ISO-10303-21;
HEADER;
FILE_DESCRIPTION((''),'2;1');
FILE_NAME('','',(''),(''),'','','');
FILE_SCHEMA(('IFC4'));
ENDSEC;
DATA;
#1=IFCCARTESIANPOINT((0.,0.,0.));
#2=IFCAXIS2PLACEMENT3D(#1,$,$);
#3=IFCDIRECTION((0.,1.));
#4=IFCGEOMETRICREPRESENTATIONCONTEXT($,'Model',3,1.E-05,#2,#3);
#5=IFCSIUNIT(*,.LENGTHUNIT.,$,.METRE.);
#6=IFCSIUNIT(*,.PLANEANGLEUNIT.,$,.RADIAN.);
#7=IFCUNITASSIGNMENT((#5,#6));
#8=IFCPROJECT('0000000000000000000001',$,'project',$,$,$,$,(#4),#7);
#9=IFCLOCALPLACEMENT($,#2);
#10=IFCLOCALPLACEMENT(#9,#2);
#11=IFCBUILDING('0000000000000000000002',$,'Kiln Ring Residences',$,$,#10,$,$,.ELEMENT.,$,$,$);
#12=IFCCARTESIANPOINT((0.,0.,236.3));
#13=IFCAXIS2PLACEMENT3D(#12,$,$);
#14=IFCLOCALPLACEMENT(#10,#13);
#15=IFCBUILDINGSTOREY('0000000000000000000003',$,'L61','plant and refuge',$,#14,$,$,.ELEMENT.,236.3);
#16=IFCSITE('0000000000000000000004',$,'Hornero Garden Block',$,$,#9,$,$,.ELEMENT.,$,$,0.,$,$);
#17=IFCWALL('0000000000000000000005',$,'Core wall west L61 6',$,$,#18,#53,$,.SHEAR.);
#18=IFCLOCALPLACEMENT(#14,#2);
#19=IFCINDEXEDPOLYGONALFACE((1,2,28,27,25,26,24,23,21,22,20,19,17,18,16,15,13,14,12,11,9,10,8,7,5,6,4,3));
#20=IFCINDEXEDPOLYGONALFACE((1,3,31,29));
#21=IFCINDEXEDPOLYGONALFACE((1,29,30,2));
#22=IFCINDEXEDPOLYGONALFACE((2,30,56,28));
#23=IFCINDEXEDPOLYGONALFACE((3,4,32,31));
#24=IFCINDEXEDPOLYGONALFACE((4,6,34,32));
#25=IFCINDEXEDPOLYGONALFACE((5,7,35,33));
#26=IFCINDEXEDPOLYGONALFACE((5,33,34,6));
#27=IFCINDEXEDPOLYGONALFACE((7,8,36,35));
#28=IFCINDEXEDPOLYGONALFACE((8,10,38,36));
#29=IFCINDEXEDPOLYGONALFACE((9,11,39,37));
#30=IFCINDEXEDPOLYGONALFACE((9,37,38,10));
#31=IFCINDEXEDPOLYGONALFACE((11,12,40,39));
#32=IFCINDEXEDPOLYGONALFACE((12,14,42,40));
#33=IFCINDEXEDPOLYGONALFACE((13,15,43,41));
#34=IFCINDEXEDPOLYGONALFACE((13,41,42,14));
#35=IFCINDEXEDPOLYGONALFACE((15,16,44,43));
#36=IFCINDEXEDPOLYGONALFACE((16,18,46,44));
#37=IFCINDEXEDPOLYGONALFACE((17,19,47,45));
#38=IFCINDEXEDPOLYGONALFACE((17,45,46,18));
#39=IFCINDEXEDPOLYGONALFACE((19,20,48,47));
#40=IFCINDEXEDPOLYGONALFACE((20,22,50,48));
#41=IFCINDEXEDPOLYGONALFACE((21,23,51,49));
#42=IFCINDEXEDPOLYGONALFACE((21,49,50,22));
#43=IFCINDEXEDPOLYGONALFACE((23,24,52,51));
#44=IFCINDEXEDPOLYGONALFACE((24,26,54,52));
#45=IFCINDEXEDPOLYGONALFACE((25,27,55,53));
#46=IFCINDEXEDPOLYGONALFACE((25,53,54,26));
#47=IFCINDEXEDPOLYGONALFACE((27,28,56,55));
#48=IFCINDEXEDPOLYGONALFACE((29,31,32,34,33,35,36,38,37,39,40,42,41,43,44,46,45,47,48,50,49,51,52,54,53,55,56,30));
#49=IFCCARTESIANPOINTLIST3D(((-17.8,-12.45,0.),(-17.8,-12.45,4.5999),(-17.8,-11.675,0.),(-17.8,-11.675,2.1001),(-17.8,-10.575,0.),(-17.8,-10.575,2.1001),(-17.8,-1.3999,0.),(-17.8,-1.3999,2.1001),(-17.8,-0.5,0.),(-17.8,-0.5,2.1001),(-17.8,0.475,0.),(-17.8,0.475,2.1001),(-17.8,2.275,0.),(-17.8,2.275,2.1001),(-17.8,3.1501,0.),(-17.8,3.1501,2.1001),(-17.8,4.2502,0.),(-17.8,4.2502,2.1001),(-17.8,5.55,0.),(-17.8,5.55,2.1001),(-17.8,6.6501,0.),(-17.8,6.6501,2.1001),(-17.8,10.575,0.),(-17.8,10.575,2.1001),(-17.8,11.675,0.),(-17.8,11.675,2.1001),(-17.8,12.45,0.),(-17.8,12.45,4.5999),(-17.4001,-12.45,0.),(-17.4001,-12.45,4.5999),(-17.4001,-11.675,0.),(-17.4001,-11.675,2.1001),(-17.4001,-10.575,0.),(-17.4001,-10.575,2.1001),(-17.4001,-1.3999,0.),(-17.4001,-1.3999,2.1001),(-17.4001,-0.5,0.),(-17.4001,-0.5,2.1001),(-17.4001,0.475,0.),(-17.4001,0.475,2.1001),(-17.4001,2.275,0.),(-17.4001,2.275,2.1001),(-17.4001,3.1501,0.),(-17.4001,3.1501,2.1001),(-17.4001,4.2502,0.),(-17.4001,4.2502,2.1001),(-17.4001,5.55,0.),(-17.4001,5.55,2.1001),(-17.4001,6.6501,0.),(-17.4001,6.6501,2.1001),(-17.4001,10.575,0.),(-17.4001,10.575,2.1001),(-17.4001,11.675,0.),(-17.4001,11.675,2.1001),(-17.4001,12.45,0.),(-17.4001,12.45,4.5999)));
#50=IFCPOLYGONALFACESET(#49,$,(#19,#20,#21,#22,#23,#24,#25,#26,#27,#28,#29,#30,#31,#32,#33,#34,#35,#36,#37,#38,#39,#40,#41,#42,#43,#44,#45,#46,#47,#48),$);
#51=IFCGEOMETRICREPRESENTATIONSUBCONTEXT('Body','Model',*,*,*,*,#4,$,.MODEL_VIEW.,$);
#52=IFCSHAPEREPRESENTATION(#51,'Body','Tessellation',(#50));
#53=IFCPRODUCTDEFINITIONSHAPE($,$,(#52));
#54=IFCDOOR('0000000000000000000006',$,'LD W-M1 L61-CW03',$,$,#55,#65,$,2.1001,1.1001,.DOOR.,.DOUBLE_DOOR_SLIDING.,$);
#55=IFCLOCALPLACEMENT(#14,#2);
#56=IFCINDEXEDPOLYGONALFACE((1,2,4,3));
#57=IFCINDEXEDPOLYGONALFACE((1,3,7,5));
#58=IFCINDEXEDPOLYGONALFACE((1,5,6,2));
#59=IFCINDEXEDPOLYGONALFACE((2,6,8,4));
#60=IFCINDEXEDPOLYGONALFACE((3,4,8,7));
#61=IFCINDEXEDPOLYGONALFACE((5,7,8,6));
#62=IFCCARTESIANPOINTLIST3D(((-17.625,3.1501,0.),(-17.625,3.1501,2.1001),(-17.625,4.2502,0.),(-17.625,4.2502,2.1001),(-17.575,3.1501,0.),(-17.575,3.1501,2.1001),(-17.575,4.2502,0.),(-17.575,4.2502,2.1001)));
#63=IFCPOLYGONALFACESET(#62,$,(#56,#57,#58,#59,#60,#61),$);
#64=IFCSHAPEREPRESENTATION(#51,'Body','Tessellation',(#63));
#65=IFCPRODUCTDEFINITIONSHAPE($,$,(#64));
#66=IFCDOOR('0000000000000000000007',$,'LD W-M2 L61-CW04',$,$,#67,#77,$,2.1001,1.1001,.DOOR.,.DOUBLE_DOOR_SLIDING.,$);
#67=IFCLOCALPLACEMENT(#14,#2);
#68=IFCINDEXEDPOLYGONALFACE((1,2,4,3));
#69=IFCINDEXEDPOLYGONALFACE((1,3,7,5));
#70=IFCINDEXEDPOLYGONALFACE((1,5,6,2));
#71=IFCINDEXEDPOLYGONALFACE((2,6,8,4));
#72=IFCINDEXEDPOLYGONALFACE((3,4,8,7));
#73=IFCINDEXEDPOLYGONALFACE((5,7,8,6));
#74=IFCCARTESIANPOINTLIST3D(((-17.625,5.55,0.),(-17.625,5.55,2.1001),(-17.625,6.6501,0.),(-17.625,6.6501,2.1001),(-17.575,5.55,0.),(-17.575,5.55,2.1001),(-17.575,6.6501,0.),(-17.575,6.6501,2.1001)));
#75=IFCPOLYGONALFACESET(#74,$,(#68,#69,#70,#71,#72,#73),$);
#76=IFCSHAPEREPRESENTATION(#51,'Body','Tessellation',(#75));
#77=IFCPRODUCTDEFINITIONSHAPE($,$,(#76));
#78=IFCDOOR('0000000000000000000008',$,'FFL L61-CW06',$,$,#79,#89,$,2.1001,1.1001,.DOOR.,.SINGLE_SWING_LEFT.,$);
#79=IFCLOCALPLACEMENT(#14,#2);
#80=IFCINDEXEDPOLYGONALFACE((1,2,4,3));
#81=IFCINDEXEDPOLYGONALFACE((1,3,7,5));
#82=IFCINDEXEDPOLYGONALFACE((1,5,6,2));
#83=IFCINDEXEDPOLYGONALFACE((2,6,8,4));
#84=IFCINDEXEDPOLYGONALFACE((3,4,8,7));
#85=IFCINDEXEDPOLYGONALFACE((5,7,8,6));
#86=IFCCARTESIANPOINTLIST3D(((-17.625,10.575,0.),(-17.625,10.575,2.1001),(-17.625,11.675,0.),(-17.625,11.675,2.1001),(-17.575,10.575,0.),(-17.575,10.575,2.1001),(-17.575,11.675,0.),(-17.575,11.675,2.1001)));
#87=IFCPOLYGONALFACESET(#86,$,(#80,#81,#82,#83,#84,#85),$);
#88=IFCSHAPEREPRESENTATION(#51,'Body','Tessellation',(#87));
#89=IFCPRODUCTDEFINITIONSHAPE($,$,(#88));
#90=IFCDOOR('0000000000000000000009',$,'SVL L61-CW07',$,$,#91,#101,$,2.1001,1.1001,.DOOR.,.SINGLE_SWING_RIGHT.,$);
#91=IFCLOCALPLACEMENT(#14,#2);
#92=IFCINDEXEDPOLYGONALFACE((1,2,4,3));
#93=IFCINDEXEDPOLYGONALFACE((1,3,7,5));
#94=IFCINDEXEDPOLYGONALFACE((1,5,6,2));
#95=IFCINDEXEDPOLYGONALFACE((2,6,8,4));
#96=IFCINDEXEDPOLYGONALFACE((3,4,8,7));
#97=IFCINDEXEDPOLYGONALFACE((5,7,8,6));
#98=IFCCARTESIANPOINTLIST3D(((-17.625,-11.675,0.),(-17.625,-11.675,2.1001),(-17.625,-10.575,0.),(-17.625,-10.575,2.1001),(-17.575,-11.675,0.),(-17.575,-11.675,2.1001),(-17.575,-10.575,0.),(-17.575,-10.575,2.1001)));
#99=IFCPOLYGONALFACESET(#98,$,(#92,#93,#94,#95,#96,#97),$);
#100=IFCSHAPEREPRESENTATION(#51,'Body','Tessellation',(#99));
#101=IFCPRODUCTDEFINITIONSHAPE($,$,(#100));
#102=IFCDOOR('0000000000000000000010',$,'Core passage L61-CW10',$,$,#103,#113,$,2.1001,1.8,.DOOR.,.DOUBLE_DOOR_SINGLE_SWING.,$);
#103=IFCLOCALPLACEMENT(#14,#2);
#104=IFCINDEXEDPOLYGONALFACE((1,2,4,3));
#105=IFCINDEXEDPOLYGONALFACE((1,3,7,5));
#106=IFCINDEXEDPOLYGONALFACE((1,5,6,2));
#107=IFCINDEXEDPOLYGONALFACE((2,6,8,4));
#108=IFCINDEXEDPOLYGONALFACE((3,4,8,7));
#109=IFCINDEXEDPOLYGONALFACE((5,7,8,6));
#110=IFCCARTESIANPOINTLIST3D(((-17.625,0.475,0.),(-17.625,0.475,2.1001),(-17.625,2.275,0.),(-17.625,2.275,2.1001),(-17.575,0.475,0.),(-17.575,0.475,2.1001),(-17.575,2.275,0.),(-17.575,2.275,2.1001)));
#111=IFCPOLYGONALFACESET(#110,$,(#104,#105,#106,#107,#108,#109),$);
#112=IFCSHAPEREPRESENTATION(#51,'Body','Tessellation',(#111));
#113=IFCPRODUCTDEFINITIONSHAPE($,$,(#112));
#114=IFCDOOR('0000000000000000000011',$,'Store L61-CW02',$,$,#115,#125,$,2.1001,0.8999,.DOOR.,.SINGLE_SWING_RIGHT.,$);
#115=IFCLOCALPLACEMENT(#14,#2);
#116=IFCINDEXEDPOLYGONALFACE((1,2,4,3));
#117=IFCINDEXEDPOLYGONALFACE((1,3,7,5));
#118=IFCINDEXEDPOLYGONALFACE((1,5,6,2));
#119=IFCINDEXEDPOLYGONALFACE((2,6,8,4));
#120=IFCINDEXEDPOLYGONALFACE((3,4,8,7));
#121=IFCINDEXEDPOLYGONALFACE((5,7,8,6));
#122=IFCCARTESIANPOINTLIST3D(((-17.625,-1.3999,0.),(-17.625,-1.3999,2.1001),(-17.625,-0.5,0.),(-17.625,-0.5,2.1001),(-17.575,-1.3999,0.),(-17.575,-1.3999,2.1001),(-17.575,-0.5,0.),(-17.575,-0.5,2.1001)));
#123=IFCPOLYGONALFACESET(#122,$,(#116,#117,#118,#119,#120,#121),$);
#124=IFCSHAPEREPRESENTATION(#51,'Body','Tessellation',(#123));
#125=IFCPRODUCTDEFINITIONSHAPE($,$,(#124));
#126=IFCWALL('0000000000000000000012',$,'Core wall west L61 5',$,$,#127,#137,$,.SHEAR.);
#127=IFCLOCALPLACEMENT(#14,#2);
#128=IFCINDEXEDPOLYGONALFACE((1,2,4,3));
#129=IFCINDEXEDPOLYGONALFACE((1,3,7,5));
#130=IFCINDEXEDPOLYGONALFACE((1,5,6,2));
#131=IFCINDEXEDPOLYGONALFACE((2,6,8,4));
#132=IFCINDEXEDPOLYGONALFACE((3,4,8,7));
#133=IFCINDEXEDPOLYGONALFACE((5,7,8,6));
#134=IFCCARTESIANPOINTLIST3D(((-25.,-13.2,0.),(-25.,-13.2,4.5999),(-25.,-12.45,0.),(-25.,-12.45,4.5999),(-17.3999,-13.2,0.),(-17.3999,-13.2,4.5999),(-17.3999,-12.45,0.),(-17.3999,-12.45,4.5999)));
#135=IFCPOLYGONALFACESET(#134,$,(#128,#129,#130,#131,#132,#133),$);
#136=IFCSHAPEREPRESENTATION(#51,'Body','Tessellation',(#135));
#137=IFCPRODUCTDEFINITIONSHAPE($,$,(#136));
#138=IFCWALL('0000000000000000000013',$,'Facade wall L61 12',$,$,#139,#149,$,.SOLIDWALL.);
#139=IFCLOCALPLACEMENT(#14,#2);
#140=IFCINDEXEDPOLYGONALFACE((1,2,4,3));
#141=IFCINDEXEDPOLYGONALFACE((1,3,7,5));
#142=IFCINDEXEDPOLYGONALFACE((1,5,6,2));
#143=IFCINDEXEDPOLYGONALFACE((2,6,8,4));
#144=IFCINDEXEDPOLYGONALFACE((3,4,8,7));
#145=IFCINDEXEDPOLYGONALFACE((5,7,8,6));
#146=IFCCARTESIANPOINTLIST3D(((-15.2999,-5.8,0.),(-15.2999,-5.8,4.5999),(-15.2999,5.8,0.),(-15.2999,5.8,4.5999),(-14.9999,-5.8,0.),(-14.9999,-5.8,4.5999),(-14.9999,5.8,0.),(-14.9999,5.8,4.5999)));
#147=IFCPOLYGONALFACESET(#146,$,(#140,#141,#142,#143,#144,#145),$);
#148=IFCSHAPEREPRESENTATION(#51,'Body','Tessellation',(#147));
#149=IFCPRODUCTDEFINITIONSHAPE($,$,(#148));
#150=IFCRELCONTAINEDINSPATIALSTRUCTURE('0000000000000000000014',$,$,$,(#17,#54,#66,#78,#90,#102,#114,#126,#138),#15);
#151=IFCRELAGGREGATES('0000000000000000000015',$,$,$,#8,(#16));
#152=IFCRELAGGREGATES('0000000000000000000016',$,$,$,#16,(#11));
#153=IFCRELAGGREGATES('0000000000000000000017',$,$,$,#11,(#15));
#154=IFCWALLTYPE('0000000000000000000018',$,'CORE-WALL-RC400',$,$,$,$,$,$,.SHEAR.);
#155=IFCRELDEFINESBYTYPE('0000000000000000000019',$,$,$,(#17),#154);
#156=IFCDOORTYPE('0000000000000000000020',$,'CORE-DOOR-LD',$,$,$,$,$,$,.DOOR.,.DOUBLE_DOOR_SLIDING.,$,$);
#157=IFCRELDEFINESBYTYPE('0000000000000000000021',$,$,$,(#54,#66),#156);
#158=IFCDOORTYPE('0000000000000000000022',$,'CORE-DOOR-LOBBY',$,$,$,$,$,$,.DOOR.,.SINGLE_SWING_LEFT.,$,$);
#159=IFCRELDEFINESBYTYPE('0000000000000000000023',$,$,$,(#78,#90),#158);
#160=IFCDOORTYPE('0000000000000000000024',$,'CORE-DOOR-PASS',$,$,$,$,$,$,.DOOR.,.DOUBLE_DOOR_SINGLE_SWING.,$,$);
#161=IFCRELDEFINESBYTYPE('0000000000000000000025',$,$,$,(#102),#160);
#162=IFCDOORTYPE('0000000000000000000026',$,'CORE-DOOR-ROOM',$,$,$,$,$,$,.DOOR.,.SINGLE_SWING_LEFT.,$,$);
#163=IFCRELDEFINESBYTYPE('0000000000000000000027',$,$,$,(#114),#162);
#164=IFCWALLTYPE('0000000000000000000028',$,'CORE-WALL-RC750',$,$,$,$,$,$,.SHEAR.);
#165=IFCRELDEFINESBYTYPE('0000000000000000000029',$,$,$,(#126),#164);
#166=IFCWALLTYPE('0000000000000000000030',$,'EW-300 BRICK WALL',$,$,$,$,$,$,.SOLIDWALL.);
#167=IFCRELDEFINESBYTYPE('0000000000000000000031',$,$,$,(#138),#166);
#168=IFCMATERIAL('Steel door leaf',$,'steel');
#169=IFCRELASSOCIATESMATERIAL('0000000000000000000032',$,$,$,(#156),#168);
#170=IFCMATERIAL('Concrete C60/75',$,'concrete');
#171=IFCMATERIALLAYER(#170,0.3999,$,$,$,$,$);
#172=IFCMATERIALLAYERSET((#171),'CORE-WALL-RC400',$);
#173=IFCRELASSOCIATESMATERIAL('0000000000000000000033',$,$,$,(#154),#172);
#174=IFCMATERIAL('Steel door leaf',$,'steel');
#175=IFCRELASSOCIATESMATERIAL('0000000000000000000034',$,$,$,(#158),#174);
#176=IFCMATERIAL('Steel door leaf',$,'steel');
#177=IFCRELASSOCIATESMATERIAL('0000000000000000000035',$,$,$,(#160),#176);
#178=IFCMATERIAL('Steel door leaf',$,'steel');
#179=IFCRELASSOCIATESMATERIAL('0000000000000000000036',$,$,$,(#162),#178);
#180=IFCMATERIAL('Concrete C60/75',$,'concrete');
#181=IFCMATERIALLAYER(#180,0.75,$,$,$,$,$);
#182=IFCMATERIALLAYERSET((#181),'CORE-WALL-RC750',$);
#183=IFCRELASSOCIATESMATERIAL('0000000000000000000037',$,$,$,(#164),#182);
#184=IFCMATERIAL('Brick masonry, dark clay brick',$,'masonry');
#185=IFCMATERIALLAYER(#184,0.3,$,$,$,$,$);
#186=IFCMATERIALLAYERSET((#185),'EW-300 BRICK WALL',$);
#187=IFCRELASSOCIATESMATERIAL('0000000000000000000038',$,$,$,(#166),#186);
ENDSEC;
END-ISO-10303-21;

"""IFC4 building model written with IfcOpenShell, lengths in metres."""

from ifc_helpers import new_model, si_unit, direction, frame, frame_2d, origin, place, context, subcontext, project, spatial, rectangle, extrude, material, layer, layer_set, type_object, element, fill, save


model = new_model("IFC4")

# Units and contexts
model_context = context("Model", 3, precision=1e-05, world=origin(), true_north=direction((0.0, 1.0)))
body_context = subcontext(model_context, "Body", "Model", "MODEL_VIEW")
ifc_project = project(units=[si_unit("LENGTHUNIT", "METRE"), si_unit("PLANEANGLEUNIT", "RADIAN")], contexts=[model_context])

# Site, building, storey
site_placement = place(None, origin())
site = spatial("IfcSite", under=ifc_project, at=site_placement, Name="Hornero Garden Block", CompositionType="ELEMENT", RefElevation=0.0)
building_placement = place(site_placement, origin())
building = spatial("IfcBuilding", under=site, at=building_placement, Name="Kiln Ring Residences", CompositionType="ELEMENT")
storey_placement = place(building_placement, frame((0.0, 0.0, 236.3)))
storey = spatial("IfcBuildingStorey", under=building, at=storey_placement, Name="L61", Description="plant and refuge", CompositionType="ELEMENT", Elevation=236.3)

# Wall, openings, doors
ifc_material_1 = material(Name="Steel door leaf", Category="steel")
door_type_1 = type_object("IfcDoorType", Name="CORE-DOOR-LD", OperationType="DOUBLE_DOOR_SLIDING", PredefinedType="DOOR", material=ifc_material_1)
ifc_material_2 = material(Name="Concrete C60/75", Category="concrete")
ifc_layer_1 = layer(ifc_material_2, 0.3999)
ifc_layer_set_1 = layer_set([ifc_layer_1], Name="CORE-WALL-RC400")
wall_type_1 = type_object("IfcWallType", Name="CORE-WALL-RC400", PredefinedType="SHEAR", material=ifc_layer_set_1)
wall_1_placement = place(storey_placement, frame((-17.6001, -12.45, 0.0), z_axis=(0.0, 0.0, 1.0), x_axis=(0.0, 1.0, 0.0)))
wall_1 = element("IfcWall", 1, at=wall_1_placement, inside=storey, type_object=wall_type_1, Name="Core wall west L61 6", PredefinedType="SHEAR", context=body_context, shape_type="SweptSolid", body=[
    extrude(rectangle(XDim=24.8999, YDim=0.3999, at=frame_2d((12.45, 0.0))), origin(), (0.0, 0.0, 1.0), 4.5999),
])
opening_1_placement = place(wall_1_placement, frame((11.05, 0.0, 0.0)))
opening_1 = element("IfcOpeningElement", 2, at=opening_1_placement, cuts=wall_1, PredefinedType="OPENING", context=body_context, shape_type="SweptSolid", body=[
    extrude(rectangle(XDim=0.8999, YDim=2.1001, at=frame_2d((0.45, 1.05))), frame((0.0, 0.21, 0.0), z_axis=(0.0, -1.0, 0.0), x_axis=(1.0, 0.0, 0.0)), (0.0, 0.0, 1.0), 0.4199),
])
opening_2_placement = place(wall_1_placement, frame((15.6001, 0.0, 0.0)))
opening_2 = element("IfcOpeningElement", 3, at=opening_2_placement, cuts=wall_1, PredefinedType="OPENING", context=body_context, shape_type="SweptSolid", body=[
    extrude(rectangle(XDim=1.1001, YDim=2.1001, at=frame_2d((0.55, 1.05))), frame((0.0, 0.21, 0.0), z_axis=(0.0, -1.0, 0.0), x_axis=(1.0, 0.0, 0.0)), (0.0, 0.0, 1.0), 0.4199),
])
opening_3_placement = place(wall_1_placement, frame((18.0, 0.0, 0.0)))
opening_3 = element("IfcOpeningElement", 4, at=opening_3_placement, cuts=wall_1, PredefinedType="OPENING", context=body_context, shape_type="SweptSolid", body=[
    extrude(rectangle(XDim=1.1001, YDim=2.1001, at=frame_2d((0.55, 1.05))), frame((0.0, 0.21, 0.0), z_axis=(0.0, -1.0, 0.0), x_axis=(1.0, 0.0, 0.0)), (0.0, 0.0, 1.0), 0.4199),
])
opening_4_placement = place(wall_1_placement, frame((23.0249, 0.0, 0.0)))
opening_4 = element("IfcOpeningElement", 5, at=opening_4_placement, cuts=wall_1, PredefinedType="OPENING", context=body_context, shape_type="SweptSolid", body=[
    extrude(rectangle(XDim=1.1001, YDim=2.1001, at=frame_2d((0.55, 1.05))), frame((0.0, 0.21, 0.0), z_axis=(0.0, -1.0, 0.0), x_axis=(1.0, 0.0, 0.0)), (0.0, 0.0, 1.0), 0.4199),
])
opening_5_placement = place(wall_1_placement, frame((0.7749, 0.0, 0.0)))
opening_5 = element("IfcOpeningElement", 6, at=opening_5_placement, cuts=wall_1, PredefinedType="OPENING", context=body_context, shape_type="SweptSolid", body=[
    extrude(rectangle(XDim=1.1001, YDim=2.1001, at=frame_2d((0.55, 1.05))), frame((0.0, 0.21, 0.0), z_axis=(0.0, -1.0, 0.0), x_axis=(1.0, 0.0, 0.0)), (0.0, 0.0, 1.0), 0.4199),
])
opening_6_placement = place(wall_1_placement, frame((12.925, 0.0, 0.0)))
opening_6 = element("IfcOpeningElement", 7, at=opening_6_placement, cuts=wall_1, PredefinedType="OPENING", context=body_context, shape_type="SweptSolid", body=[
    extrude(rectangle(XDim=1.8, YDim=2.1001, at=frame_2d((0.8999, 1.05))), frame((0.0, 0.21, 0.0), z_axis=(0.0, -1.0, 0.0), x_axis=(1.0, 0.0, 0.0)), (0.0, 0.0, 1.0), 0.4199),
])
door_1_placement = place(opening_2_placement, origin())
door_1 = element("IfcDoor", 8, at=door_1_placement, inside=storey, type_object=door_type_1, Name="LD W-M1 L61-CW03", OperationType="DOUBLE_DOOR_SLIDING", OverallHeight=2.1001, OverallWidth=1.1001, PredefinedType="DOOR", context=body_context, shape_type="SweptSolid", body=[
    extrude(rectangle(XDim=1.1001, YDim=2.1001, at=frame_2d((0.55, 1.05))), frame((0.0, 0.0249, 0.0), z_axis=(0.0, -1.0, 0.0), x_axis=(1.0, 0.0, 0.0)), (0.0, 0.0, 1.0), 0.05),
])
fill(opening_2, door_1)
door_2_placement = place(opening_3_placement, origin())
door_2 = element("IfcDoor", 9, at=door_2_placement, inside=storey, type_object=door_type_1, Name="LD W-M2 L61-CW04", OperationType="DOUBLE_DOOR_SLIDING", OverallHeight=2.1001, OverallWidth=1.1001, PredefinedType="DOOR", context=body_context, shape_type="SweptSolid", body=[
    extrude(rectangle(XDim=1.1001, YDim=2.1001, at=frame_2d((0.55, 1.05))), frame((0.0, 0.0249, 0.0), z_axis=(0.0, -1.0, 0.0), x_axis=(1.0, 0.0, 0.0)), (0.0, 0.0, 1.0), 0.05),
])
fill(opening_3, door_2)
ifc_material_3 = material(Name="Steel door leaf", Category="steel")
door_type_2 = type_object("IfcDoorType", Name="CORE-DOOR-LOBBY", OperationType="SINGLE_SWING_LEFT", PredefinedType="DOOR", material=ifc_material_3)
door_3_placement = place(opening_4_placement, origin())
door_3 = element("IfcDoor", 10, at=door_3_placement, inside=storey, type_object=door_type_2, Name="FFL L61-CW06", OperationType="SINGLE_SWING_LEFT", OverallHeight=2.1001, OverallWidth=1.1001, PredefinedType="DOOR", context=body_context, shape_type="SweptSolid", body=[
    extrude(rectangle(XDim=1.1001, YDim=2.1001, at=frame_2d((0.55, 1.05))), frame((0.0, 0.0249, 0.0), z_axis=(0.0, -1.0, 0.0), x_axis=(1.0, 0.0, 0.0)), (0.0, 0.0, 1.0), 0.05),
])
fill(opening_4, door_3)
door_4_placement = place(opening_5_placement, origin())
door_4 = element("IfcDoor", 11, at=door_4_placement, inside=storey, type_object=door_type_2, Name="SVL L61-CW07", OperationType="SINGLE_SWING_RIGHT", OverallHeight=2.1001, OverallWidth=1.1001, PredefinedType="DOOR", context=body_context, shape_type="SweptSolid", body=[
    extrude(rectangle(XDim=1.1001, YDim=2.1001, at=frame_2d((0.55, 1.05))), frame((0.0, 0.0249, 0.0), z_axis=(0.0, -1.0, 0.0), x_axis=(1.0, 0.0, 0.0)), (0.0, 0.0, 1.0), 0.05),
])
fill(opening_5, door_4)
ifc_material_4 = material(Name="Steel door leaf", Category="steel")
door_type_3 = type_object("IfcDoorType", Name="CORE-DOOR-PASS", OperationType="DOUBLE_DOOR_SINGLE_SWING", PredefinedType="DOOR", material=ifc_material_4)
door_5_placement = place(opening_6_placement, origin())
door_5 = element("IfcDoor", 12, at=door_5_placement, inside=storey, type_object=door_type_3, Name="Core passage L61-CW10", OperationType="DOUBLE_DOOR_SINGLE_SWING", OverallHeight=2.1001, OverallWidth=1.8, PredefinedType="DOOR", context=body_context, shape_type="SweptSolid", body=[
    extrude(rectangle(XDim=1.8, YDim=2.1001, at=frame_2d((0.8999, 1.05))), frame((0.0, 0.0249, 0.0), z_axis=(0.0, -1.0, 0.0), x_axis=(1.0, 0.0, 0.0)), (0.0, 0.0, 1.0), 0.05),
])
fill(opening_6, door_5)
ifc_material_5 = material(Name="Steel door leaf", Category="steel")
door_type_4 = type_object("IfcDoorType", Name="CORE-DOOR-ROOM", OperationType="SINGLE_SWING_LEFT", PredefinedType="DOOR", material=ifc_material_5)
door_6_placement = place(opening_1_placement, origin())
door_6 = element("IfcDoor", 13, at=door_6_placement, inside=storey, type_object=door_type_4, Name="Store L61-CW02", OperationType="SINGLE_SWING_RIGHT", OverallHeight=2.1001, OverallWidth=0.8999, PredefinedType="DOOR", context=body_context, shape_type="SweptSolid", body=[
    extrude(rectangle(XDim=0.8999, YDim=2.1001, at=frame_2d((0.45, 1.05))), frame((0.0, 0.0249, 0.0), z_axis=(0.0, -1.0, 0.0), x_axis=(1.0, 0.0, 0.0)), (0.0, 0.0, 1.0), 0.05),
])
fill(opening_1, door_6)

# Walls
ifc_material_6 = material(Name="Concrete C60/75", Category="concrete")
ifc_layer_2 = layer(ifc_material_6, 0.75)
ifc_layer_set_2 = layer_set([ifc_layer_2], Name="CORE-WALL-RC750")
wall_type_2 = type_object("IfcWallType", Name="CORE-WALL-RC750", PredefinedType="SHEAR", material=ifc_layer_set_2)
wall_2_placement = place(storey_placement, frame((-17.3999, -12.825, 0.0), z_axis=(0.0, 0.0, 1.0), x_axis=(-1.0, 0.0, 0.0)))
element("IfcWall", 14, at=wall_2_placement, inside=storey, type_object=wall_type_2, Name="Core wall west L61 5", PredefinedType="SHEAR", context=body_context, shape_type="SweptSolid", body=[
    extrude(rectangle(XDim=7.6001, YDim=0.75, at=frame_2d((3.8, 0.0))), origin(), (0.0, 0.0, 1.0), 4.5999),
])
ifc_material_7 = material(Name="Brick masonry, dark clay brick", Category="masonry")
ifc_layer_3 = layer(ifc_material_7, 0.3)
ifc_layer_set_3 = layer_set([ifc_layer_3], Name="EW-300 BRICK WALL")
wall_type_3 = type_object("IfcWallType", Name="EW-300 BRICK WALL", PredefinedType="SOLIDWALL", material=ifc_layer_set_3)
wall_3_placement = place(storey_placement, frame((-15.1499, -5.8, 0.0), z_axis=(0.0, 0.0, 1.0), x_axis=(0.0, 1.0, 0.0)))
element("IfcWall", 15, at=wall_3_placement, inside=storey, type_object=wall_type_3, Name="Facade wall L61 12", PredefinedType="SOLIDWALL", context=body_context, shape_type="SweptSolid", body=[
    extrude(rectangle(XDim=11.6001, YDim=0.3, at=frame_2d((5.8, 0.0))), origin(), (0.0, 0.0, 1.0), 4.5999),
])

save(model, "model.ifc")
